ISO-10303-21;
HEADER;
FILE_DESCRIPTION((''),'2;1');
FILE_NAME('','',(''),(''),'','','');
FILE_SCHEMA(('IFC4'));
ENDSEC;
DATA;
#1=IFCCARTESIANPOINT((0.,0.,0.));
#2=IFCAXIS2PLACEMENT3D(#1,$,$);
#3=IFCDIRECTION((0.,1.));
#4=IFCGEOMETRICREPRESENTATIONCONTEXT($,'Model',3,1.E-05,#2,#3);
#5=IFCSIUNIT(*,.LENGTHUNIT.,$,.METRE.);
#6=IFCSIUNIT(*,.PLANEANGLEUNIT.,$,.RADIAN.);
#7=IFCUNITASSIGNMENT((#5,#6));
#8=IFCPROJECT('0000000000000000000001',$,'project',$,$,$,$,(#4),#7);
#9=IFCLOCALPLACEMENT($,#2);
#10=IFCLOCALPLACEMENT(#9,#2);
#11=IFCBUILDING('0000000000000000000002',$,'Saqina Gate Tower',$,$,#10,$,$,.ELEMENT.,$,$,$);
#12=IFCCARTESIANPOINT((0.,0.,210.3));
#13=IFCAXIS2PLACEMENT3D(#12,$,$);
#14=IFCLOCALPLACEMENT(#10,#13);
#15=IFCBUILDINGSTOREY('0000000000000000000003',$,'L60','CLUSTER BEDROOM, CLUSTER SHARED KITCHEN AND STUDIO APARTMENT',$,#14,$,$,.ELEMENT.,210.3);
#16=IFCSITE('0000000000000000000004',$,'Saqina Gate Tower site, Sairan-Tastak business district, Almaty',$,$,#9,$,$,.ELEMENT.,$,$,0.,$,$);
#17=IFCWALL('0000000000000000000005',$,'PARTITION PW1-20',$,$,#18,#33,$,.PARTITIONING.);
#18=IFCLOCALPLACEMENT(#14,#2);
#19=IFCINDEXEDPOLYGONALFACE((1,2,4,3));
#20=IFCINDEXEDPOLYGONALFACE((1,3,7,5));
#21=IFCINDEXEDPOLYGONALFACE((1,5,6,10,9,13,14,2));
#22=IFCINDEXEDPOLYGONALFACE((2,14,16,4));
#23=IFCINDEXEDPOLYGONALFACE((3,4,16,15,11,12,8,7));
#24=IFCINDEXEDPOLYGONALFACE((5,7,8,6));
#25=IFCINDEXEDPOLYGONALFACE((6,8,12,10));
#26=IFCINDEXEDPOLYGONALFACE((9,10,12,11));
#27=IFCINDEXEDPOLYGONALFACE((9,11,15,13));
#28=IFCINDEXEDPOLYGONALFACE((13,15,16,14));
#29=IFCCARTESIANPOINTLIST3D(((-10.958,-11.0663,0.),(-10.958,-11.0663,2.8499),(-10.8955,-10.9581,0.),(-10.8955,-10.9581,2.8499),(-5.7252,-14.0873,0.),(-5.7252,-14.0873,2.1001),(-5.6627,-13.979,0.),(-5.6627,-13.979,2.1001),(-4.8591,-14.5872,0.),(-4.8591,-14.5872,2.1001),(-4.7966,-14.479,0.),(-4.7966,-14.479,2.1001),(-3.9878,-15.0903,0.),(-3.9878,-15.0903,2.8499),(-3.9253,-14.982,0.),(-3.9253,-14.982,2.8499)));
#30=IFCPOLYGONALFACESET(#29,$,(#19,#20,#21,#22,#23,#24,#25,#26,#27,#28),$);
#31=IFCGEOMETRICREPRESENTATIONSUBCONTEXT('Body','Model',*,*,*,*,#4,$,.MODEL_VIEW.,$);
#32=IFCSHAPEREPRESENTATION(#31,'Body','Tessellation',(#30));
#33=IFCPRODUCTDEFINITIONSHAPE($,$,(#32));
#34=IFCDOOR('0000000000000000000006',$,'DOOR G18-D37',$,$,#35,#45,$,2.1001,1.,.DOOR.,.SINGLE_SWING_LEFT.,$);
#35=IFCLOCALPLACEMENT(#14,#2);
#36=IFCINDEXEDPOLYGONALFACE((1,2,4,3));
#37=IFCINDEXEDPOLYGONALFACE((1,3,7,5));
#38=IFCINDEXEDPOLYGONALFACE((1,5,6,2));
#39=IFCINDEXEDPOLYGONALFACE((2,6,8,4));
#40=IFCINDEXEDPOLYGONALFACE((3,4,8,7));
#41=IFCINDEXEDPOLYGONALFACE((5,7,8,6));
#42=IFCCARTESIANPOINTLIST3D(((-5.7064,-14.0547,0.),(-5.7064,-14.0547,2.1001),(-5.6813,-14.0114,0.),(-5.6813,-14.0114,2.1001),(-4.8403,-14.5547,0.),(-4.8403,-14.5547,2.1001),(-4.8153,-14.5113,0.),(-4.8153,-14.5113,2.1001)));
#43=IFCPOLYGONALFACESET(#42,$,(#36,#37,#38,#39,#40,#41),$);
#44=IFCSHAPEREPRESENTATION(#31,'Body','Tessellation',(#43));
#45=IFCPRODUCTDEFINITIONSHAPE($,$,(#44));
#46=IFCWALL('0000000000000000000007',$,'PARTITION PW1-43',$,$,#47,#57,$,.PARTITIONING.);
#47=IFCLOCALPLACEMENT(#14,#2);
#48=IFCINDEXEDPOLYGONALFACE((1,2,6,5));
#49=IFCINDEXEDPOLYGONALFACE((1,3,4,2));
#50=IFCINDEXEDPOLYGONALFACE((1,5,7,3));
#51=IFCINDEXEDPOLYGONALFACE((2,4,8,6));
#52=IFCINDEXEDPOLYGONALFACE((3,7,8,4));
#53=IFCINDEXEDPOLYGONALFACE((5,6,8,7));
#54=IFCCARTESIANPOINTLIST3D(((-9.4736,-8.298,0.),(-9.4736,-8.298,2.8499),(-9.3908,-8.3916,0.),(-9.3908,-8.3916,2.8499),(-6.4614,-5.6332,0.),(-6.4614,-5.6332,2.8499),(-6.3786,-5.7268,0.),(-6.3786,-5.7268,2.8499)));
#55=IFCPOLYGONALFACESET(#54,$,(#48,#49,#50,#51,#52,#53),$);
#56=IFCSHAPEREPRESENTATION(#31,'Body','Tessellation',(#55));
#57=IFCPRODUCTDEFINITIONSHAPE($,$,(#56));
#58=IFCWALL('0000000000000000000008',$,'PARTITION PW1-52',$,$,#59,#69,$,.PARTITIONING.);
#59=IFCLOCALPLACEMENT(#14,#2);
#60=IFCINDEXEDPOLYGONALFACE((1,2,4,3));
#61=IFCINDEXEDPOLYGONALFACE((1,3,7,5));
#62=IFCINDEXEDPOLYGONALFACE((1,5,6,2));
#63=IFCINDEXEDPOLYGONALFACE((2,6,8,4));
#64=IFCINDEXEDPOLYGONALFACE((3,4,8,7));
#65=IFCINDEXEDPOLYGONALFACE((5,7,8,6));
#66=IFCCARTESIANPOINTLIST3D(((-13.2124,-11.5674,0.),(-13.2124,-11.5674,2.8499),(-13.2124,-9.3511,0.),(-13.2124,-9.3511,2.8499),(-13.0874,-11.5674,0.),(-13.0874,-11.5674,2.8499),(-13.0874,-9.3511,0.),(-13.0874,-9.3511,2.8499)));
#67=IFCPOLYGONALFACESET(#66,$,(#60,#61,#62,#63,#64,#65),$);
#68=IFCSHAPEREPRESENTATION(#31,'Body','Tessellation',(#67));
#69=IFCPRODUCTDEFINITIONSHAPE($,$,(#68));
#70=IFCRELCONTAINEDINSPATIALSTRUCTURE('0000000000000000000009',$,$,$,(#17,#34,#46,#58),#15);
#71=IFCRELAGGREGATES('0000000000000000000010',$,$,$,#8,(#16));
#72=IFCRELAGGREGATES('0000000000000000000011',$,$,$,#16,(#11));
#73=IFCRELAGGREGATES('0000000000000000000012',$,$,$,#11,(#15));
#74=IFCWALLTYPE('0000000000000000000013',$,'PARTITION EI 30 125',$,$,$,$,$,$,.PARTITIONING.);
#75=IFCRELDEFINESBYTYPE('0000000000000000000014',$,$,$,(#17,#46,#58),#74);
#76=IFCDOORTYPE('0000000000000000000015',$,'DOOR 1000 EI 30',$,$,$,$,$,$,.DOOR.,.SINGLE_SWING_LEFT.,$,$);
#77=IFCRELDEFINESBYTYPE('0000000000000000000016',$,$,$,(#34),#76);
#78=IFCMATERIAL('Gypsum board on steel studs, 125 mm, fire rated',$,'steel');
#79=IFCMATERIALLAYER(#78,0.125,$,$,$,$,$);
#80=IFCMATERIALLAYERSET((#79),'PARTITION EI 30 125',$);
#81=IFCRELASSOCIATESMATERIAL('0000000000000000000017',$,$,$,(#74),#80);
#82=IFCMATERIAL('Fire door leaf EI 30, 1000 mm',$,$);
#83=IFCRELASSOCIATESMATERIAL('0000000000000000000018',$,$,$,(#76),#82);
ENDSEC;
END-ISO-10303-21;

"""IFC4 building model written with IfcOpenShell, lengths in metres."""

from ifc_helpers import new_model, si_unit, direction, frame, frame_2d, origin, place, context, subcontext, project, spatial, rectangle, extrude, material, layer, layer_set, type_object, element, fill, save


model = new_model("IFC4")

# Units and contexts
model_context = context("Model", 3, precision=1e-05, world=origin(), true_north=direction((0.0, 1.0)))
body_context = subcontext(model_context, "Body", "Model", "MODEL_VIEW")
ifc_project = project(units=[si_unit("LENGTHUNIT", "METRE"), si_unit("PLANEANGLEUNIT", "RADIAN")], contexts=[model_context])

# Site, building, storey
site_placement = place(None, origin())
site = spatial("IfcSite", under=ifc_project, at=site_placement, Name="Saqina Gate Tower site, Sairan-Tastak business district, Almaty", CompositionType="ELEMENT", RefElevation=0.0)
building_placement = place(site_placement, origin())
building = spatial("IfcBuilding", under=site, at=building_placement, Name="Saqina Gate Tower", CompositionType="ELEMENT")
storey_placement = place(building_placement, frame((0.0, 0.0, 210.3)))
storey = spatial("IfcBuildingStorey", under=building, at=storey_placement, Name="L60", Description="CLUSTER BEDROOM, CLUSTER SHARED KITCHEN AND STUDIO APARTMENT", CompositionType="ELEMENT", Elevation=210.3)

# Shared definitions
ifc_material_1 = material(Name="Gypsum board on steel studs, 125 mm, fire rated", Category="steel")
ifc_layer_1 = layer(ifc_material_1, 0.125)
ifc_layer_set_1 = layer_set([ifc_layer_1], Name="PARTITION EI 30 125")
wall_type_1 = type_object("IfcWallType", Name="PARTITION EI 30 125", PredefinedType="PARTITIONING", material=ifc_layer_set_1)

# Wall, opening, door
ifc_material_2 = material(Name="Fire door leaf EI 30, 1000 mm")
door_type_1 = type_object("IfcDoorType", Name="DOOR 1000 EI 30", OperationType="SINGLE_SWING_LEFT", PredefinedType="DOOR", material=ifc_material_2)
wall_1_placement = place(storey_placement, frame((-10.9268, -11.0122, 0.0), z_axis=(0.0, 0.0, 1.0), x_axis=(0.866043, -0.499969, 0.0)))
wall_1 = element("IfcWall", 1, at=wall_1_placement, inside=storey, type_object=wall_type_1, Name="PARTITION PW1-20", PredefinedType="PARTITIONING", context=body_context, shape_type="SweptSolid", body=[
    extrude(rectangle(XDim=8.0483, YDim=0.125, at=frame_2d((4.0242, 0.0))), origin(), (0.0, 0.0, 1.0), 2.8499),
])
opening_1_placement = place(wall_1_placement, frame((6.0422, 0.0, 0.0)))
opening_1 = element("IfcOpeningElement", 2, at=opening_1_placement, cuts=wall_1, PredefinedType="OPENING", context=body_context, shape_type="SweptSolid", body=[
    extrude(rectangle(XDim=1.0, YDim=2.1001, at=frame_2d((0.5, 1.05))), frame((0.0, 0.0745, 0.0), z_axis=(0.0, -1.0, 0.0), x_axis=(1.0, 0.0, 0.0)), (0.0, 0.0, 1.0), 0.1489),
])
door_1_placement = place(opening_1_placement, frame((1.0, 0.0, 0.0), z_axis=(0.0, 0.0, 1.0), x_axis=(-1.0, 0.0, 0.0)))
door_1 = element("IfcDoor", 3, at=door_1_placement, inside=storey, type_object=door_type_1, Name="DOOR G18-D37", OperationType="SINGLE_SWING_LEFT", OverallHeight=2.1001, OverallWidth=1.0, PredefinedType="DOOR", context=body_context, shape_type="SweptSolid", body=[
    extrude(rectangle(XDim=1.0, YDim=2.1001, at=frame_2d((0.5, 1.05))), frame((0.0, 0.0249, 0.0), z_axis=(0.0, -1.0, 0.0), x_axis=(1.0, 0.0, 0.0)), (0.0, 0.0, 1.0), 0.05),
])
fill(opening_1, door_1)

# Walls
wall_2_placement = place(storey_placement, frame((-9.4321, -8.3447, 0.0), z_axis=(0.0, 0.0, 1.0), x_axis=(0.748978, 0.662595, 0.0)))
element("IfcWall", 4, at=wall_2_placement, inside=storey, type_object=wall_type_1, Name="PARTITION PW1-43", PredefinedType="PARTITIONING", context=body_context, shape_type="SweptSolid", body=[
    extrude(rectangle(XDim=4.0217, YDim=0.125, at=frame_2d((2.0107, 0.0))), origin(), (0.0, 0.0, 1.0), 2.8499),
])
wall_3_placement = place(storey_placement, frame((-13.1499, -11.5674, 0.0), z_axis=(0.0, 0.0, 1.0), x_axis=(0.0, 1.0, 0.0)))
element("IfcWall", 5, at=wall_3_placement, inside=storey, type_object=wall_type_1, Name="PARTITION PW1-52", PredefinedType="PARTITIONING", context=body_context, shape_type="SweptSolid", body=[
    extrude(rectangle(XDim=2.2163, YDim=0.125, at=frame_2d((1.1082, 0.0))), origin(), (0.0, 0.0, 1.0), 2.8499),
])

save(model, "model.ifc")
